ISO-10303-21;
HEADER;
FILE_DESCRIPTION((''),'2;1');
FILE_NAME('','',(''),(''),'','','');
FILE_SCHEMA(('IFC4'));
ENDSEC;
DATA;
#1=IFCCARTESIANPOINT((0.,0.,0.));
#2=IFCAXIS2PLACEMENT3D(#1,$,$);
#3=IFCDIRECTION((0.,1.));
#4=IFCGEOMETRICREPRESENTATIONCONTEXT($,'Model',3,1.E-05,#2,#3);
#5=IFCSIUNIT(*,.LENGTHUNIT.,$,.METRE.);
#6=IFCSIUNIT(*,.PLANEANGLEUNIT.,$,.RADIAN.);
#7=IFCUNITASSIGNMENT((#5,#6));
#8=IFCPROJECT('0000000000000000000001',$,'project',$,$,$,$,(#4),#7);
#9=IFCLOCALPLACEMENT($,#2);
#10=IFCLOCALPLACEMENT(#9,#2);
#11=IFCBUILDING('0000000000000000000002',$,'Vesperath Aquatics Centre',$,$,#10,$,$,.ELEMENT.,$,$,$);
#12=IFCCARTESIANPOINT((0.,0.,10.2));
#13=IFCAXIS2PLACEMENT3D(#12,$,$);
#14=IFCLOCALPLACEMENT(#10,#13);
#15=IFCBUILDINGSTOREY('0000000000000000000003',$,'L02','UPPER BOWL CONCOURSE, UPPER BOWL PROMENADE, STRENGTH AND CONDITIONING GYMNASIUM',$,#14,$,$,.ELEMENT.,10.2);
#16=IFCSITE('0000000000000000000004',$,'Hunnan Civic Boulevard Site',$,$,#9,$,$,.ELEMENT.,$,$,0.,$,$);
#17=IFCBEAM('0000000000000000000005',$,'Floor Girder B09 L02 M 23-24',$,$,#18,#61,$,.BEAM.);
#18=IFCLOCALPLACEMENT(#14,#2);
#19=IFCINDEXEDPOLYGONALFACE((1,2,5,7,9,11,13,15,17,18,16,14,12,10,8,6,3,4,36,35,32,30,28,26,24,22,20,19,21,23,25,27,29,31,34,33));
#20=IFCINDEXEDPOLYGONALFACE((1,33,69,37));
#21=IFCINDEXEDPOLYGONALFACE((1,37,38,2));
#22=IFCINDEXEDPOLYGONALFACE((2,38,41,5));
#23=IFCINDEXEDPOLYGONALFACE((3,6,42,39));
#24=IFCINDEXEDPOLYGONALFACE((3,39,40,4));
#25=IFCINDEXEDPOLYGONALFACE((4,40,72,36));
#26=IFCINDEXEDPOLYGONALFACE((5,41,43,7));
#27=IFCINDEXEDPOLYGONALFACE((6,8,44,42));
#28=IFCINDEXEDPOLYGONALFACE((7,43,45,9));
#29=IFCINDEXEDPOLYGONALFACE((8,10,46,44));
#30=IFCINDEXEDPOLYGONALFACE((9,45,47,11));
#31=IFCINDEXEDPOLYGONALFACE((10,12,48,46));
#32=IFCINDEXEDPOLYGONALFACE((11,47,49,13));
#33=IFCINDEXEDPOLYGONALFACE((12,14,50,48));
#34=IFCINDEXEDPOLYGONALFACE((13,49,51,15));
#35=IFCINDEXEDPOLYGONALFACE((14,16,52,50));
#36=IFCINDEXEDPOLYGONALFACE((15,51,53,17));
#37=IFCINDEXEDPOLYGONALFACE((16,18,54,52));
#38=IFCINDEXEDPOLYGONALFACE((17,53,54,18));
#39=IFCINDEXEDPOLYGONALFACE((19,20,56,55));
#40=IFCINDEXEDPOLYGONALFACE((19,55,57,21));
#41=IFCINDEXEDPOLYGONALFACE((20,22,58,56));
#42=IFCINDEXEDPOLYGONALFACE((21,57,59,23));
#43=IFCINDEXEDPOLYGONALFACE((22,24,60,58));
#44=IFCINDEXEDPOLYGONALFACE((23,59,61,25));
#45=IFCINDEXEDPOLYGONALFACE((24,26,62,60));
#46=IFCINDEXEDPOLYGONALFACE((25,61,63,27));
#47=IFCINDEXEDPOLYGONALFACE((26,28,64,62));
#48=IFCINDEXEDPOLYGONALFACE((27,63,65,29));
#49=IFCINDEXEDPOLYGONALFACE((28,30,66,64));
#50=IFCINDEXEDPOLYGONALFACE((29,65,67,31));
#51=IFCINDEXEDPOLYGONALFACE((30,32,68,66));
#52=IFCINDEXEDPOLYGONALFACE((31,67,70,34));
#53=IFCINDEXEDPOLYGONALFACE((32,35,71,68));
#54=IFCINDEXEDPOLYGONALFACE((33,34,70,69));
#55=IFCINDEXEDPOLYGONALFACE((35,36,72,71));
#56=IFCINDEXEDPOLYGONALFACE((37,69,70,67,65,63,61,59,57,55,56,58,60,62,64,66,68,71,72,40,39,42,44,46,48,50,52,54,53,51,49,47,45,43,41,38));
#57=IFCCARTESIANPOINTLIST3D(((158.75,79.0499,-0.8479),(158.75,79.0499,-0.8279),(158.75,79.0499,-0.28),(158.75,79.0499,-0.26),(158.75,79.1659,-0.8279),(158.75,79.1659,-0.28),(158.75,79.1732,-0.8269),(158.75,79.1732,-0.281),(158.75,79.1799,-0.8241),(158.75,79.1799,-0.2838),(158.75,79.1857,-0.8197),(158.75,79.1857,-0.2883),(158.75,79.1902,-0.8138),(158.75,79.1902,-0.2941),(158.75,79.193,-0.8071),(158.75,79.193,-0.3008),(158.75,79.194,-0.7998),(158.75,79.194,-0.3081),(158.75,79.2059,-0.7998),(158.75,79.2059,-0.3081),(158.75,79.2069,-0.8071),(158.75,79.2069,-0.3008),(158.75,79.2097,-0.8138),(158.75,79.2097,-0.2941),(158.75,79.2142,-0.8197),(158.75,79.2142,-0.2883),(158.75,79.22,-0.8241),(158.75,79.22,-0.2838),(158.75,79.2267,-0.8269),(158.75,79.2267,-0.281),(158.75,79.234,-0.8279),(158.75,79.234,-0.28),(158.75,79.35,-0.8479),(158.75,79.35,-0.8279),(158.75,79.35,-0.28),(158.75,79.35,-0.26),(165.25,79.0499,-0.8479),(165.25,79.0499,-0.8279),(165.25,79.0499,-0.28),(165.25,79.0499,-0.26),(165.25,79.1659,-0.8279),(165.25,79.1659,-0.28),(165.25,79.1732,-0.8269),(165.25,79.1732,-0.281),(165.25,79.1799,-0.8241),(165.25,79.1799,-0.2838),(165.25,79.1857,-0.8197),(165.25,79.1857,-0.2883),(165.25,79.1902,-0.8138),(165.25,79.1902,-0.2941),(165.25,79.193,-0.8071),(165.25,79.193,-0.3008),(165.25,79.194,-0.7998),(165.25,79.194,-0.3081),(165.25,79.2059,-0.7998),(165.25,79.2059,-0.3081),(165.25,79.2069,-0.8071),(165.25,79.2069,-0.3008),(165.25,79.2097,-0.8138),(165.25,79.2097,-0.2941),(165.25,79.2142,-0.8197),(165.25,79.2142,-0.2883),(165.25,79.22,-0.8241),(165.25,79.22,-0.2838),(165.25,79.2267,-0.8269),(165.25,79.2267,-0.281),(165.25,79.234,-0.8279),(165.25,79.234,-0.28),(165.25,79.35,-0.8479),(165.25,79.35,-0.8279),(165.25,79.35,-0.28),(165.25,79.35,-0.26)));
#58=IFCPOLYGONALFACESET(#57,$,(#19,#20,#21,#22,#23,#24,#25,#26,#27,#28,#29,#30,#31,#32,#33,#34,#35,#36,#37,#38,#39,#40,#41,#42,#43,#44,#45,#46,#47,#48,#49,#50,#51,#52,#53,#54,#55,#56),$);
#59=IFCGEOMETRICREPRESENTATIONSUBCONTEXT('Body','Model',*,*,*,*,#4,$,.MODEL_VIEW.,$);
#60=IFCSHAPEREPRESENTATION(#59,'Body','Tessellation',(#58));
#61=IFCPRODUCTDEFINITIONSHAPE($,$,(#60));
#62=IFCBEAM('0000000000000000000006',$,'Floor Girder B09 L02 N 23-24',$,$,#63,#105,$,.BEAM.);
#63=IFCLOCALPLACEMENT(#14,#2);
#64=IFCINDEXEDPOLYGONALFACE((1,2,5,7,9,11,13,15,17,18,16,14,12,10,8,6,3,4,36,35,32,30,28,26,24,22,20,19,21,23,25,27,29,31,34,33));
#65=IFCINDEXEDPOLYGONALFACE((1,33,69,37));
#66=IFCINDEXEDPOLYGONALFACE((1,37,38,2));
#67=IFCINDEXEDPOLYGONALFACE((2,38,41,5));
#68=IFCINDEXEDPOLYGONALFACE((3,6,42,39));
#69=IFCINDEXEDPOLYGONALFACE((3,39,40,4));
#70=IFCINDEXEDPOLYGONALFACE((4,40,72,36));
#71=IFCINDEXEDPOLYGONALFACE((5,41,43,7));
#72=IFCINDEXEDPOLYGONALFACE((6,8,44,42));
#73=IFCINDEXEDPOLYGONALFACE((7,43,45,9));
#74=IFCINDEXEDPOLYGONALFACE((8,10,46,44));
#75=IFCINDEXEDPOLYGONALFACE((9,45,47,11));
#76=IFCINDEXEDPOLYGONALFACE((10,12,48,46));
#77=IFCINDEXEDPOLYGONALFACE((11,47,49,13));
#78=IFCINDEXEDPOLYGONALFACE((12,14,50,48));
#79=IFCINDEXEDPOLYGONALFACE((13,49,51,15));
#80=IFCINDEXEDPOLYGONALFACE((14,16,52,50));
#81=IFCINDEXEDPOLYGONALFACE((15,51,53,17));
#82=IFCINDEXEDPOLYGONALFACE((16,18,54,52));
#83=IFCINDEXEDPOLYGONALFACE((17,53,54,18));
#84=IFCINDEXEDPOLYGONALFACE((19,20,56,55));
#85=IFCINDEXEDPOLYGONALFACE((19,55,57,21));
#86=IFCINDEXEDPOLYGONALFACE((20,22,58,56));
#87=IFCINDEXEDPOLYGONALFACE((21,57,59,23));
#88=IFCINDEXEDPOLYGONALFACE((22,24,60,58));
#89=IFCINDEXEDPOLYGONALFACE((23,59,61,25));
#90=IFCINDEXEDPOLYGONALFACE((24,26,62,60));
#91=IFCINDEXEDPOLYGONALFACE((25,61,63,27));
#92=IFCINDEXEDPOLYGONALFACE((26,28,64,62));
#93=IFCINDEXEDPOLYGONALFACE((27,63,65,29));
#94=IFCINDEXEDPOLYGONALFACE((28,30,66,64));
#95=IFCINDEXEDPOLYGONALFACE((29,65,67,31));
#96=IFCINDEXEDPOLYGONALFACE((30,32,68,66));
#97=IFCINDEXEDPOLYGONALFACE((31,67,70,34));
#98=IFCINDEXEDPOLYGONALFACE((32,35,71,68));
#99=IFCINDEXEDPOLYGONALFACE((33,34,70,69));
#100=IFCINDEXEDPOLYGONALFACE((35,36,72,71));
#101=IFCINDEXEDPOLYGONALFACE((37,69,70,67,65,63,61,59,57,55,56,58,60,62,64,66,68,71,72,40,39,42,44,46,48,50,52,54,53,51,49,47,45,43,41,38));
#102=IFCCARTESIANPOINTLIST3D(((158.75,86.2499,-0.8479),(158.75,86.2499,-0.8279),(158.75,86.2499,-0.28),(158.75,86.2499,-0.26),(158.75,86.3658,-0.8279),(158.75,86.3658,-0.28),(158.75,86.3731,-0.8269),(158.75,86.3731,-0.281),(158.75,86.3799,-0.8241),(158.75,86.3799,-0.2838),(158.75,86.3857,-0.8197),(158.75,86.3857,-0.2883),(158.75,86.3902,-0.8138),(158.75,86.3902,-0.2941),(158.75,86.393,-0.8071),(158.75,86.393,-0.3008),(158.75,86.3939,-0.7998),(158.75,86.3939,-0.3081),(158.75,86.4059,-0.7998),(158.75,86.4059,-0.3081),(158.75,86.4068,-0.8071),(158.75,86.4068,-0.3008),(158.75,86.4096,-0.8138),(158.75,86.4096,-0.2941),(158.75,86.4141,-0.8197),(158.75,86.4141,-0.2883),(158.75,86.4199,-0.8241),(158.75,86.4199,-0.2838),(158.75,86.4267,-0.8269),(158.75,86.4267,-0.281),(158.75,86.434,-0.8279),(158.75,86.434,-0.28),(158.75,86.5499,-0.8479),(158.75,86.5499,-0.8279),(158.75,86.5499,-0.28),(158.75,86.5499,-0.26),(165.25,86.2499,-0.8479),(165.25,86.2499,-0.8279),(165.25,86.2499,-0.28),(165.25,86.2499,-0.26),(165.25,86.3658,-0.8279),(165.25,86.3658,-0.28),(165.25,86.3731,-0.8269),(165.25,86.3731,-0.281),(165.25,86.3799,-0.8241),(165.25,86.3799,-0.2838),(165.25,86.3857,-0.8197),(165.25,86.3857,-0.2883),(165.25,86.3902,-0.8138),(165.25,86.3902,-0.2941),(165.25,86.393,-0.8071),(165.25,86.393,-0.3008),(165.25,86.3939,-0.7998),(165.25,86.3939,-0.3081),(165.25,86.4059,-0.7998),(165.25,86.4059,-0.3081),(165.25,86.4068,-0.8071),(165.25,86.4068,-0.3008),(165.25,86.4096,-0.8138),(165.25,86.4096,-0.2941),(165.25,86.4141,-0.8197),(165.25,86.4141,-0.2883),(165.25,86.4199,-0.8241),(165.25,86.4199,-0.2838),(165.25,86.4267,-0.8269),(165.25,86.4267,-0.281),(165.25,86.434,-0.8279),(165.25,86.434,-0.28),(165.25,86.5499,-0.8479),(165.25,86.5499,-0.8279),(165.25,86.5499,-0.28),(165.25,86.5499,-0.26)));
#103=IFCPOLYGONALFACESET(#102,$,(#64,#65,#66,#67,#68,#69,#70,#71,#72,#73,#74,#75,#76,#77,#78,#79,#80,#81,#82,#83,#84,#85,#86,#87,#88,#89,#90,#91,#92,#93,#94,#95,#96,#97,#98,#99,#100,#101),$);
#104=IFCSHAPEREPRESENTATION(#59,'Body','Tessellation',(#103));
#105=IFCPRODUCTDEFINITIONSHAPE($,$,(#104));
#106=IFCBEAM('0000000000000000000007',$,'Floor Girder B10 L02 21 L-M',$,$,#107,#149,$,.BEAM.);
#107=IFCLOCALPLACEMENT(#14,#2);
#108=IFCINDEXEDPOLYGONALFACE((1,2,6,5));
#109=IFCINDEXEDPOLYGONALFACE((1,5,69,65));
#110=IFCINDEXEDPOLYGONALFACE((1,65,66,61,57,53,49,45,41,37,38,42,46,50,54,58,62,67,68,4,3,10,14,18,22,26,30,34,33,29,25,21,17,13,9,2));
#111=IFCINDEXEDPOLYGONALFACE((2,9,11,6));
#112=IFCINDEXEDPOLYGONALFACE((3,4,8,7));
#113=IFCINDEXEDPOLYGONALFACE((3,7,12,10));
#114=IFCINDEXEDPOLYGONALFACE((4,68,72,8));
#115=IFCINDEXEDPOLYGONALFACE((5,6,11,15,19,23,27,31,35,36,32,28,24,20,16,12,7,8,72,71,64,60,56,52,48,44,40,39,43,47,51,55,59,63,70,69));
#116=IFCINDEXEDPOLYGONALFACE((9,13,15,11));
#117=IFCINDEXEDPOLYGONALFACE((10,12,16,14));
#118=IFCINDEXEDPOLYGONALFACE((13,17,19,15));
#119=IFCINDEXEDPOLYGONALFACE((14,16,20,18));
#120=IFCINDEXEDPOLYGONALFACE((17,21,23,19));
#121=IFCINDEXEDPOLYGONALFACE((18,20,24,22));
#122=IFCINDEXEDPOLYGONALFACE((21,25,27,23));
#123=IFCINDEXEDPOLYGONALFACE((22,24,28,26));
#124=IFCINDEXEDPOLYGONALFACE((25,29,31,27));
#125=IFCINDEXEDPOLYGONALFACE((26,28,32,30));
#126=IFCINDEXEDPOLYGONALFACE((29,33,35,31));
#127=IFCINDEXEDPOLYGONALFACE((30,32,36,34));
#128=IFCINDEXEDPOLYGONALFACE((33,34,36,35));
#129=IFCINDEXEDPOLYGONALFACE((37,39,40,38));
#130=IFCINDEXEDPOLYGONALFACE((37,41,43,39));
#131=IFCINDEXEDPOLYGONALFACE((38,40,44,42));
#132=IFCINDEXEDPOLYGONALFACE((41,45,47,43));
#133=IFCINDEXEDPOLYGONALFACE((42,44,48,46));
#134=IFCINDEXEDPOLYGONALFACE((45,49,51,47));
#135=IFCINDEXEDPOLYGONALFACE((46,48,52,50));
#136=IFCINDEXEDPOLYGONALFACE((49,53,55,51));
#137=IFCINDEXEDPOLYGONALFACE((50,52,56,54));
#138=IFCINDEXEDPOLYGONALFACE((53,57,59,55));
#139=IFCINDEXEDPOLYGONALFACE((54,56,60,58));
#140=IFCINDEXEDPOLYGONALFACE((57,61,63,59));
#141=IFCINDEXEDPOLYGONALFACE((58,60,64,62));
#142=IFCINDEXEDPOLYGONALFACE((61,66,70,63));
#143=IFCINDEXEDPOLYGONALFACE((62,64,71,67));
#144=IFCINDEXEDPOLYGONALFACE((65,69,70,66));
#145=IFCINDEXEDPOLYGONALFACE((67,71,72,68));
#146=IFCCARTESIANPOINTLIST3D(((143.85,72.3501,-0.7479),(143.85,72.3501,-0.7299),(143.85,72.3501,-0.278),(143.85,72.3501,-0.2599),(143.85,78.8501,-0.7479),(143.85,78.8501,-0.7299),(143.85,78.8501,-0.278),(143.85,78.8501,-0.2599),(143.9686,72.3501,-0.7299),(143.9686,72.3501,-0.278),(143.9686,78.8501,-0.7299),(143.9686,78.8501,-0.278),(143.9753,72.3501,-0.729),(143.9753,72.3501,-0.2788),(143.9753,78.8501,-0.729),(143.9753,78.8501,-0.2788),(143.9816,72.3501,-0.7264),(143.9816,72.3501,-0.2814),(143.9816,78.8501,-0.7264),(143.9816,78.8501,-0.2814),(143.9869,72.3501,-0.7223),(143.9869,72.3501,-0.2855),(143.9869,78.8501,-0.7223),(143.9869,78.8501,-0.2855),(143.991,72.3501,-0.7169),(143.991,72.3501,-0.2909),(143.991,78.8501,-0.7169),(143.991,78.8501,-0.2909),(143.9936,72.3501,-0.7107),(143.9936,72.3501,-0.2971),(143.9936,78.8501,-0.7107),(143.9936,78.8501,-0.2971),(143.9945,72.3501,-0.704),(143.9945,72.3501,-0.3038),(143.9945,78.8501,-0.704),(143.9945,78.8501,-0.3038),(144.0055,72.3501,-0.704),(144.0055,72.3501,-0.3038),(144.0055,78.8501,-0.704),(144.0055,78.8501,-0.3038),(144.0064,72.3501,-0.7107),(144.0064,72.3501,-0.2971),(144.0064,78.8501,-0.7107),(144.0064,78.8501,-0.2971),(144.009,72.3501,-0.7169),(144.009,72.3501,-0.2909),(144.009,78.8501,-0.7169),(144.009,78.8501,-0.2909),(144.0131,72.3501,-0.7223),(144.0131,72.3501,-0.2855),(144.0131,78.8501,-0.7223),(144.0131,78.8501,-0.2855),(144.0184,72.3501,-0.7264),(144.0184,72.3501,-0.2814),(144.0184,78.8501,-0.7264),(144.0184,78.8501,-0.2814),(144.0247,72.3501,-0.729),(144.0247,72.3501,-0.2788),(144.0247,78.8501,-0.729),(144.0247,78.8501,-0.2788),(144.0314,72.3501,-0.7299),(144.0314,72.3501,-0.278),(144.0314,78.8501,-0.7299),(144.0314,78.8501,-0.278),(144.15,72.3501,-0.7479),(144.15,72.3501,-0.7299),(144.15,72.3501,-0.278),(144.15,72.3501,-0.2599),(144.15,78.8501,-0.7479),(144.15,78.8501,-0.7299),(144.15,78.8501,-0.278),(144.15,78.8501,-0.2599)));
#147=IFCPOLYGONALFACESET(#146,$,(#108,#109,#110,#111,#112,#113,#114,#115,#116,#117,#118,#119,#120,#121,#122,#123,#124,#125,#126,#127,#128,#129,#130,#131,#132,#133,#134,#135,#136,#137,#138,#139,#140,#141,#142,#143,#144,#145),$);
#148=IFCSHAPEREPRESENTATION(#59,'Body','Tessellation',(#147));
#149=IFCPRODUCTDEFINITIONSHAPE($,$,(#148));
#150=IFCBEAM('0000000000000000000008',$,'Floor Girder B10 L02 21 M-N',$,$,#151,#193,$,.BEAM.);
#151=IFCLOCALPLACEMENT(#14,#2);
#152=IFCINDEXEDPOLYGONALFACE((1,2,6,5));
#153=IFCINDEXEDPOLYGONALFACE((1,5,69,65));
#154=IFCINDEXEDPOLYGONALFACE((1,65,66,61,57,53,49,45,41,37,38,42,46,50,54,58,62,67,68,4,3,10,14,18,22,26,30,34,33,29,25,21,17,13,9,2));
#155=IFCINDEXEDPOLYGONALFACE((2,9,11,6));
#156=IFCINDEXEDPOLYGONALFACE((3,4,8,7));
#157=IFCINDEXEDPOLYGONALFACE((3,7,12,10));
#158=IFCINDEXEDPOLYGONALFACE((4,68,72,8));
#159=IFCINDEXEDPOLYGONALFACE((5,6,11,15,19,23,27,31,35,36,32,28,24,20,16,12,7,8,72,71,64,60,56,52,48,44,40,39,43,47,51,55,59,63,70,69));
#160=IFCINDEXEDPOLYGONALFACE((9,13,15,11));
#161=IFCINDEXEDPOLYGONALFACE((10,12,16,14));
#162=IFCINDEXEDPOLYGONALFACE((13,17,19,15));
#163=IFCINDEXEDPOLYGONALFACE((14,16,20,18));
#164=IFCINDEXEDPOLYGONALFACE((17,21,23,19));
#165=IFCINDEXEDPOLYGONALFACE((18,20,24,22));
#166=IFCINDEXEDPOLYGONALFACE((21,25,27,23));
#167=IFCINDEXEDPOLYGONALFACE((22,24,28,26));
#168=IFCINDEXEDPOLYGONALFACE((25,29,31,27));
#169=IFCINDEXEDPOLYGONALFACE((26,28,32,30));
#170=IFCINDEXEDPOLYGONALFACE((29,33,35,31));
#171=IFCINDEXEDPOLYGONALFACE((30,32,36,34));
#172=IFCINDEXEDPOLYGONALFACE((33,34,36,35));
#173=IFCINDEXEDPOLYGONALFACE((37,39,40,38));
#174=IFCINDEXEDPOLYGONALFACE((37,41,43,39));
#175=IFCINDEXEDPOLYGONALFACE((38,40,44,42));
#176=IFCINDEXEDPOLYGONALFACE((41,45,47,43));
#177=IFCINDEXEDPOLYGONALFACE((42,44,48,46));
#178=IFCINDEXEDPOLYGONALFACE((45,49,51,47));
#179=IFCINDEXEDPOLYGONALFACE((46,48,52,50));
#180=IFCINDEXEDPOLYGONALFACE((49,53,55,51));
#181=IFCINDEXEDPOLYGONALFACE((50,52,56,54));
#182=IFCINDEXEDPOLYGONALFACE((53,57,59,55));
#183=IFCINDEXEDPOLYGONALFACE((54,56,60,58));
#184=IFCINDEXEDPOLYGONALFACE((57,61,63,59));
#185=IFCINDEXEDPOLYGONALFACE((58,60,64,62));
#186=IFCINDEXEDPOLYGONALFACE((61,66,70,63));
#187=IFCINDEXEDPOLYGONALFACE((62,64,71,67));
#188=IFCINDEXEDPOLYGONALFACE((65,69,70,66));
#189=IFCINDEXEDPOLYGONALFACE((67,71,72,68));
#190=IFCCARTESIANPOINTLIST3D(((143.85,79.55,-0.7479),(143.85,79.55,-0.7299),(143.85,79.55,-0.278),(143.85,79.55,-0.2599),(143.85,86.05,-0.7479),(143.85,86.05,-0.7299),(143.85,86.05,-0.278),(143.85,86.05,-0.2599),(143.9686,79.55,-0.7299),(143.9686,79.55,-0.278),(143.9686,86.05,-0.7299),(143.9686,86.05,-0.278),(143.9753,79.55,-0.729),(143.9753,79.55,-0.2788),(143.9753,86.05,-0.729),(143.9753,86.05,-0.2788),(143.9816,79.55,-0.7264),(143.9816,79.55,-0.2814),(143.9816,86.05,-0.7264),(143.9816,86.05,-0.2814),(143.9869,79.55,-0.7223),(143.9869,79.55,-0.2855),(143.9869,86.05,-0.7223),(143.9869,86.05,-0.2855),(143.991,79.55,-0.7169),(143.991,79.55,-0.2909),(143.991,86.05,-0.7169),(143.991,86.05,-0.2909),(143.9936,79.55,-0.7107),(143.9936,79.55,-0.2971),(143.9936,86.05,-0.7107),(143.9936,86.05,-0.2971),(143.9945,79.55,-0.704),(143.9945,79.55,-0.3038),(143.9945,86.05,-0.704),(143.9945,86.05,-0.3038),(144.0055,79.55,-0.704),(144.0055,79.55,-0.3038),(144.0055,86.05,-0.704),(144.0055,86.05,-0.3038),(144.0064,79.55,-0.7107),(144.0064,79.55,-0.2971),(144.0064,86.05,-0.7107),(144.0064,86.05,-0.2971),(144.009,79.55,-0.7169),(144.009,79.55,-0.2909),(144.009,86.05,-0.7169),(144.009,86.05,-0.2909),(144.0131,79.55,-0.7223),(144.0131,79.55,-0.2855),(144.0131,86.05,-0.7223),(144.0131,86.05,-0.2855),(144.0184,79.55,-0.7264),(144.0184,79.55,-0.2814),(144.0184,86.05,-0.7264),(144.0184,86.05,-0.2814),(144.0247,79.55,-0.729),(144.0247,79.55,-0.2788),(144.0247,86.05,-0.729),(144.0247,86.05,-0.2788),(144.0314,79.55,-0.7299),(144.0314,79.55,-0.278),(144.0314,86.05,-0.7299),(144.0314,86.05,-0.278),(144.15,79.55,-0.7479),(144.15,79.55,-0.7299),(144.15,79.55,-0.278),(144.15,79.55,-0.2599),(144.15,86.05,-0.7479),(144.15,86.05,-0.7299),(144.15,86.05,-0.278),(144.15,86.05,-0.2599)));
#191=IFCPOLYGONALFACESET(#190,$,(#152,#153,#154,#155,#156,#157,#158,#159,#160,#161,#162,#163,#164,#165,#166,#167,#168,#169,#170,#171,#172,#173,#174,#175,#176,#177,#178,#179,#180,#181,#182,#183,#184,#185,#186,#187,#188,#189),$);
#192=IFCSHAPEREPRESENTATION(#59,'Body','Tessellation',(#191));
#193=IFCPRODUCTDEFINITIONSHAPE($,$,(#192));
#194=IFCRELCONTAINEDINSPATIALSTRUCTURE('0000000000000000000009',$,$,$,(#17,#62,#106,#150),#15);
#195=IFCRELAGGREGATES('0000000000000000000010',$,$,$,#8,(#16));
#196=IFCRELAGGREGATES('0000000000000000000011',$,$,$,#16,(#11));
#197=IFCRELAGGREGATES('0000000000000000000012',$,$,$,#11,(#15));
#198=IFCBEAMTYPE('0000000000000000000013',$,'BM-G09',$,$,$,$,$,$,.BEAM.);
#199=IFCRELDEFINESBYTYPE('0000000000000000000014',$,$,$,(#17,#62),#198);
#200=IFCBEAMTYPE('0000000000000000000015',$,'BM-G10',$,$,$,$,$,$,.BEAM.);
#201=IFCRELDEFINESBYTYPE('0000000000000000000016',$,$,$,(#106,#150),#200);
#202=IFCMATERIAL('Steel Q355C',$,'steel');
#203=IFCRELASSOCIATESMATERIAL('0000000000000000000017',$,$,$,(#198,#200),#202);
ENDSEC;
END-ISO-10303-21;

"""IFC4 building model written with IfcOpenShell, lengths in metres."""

from ifc_helpers import new_model, si_unit, direction, frame, origin, origin_2d, place, context, subcontext, project, spatial, i_section, extrude, material, material_profile, profile_set, type_object, element, save


model = new_model("IFC4")

# Units and contexts
model_context = context("Model", 3, precision=1e-05, world=origin(), true_north=direction((0.0, 1.0)))
body_context = subcontext(model_context, "Body", "Model", "MODEL_VIEW")
ifc_project = project(units=[si_unit("LENGTHUNIT", "METRE"), si_unit("PLANEANGLEUNIT", "RADIAN")], contexts=[model_context])

# Site, building, storey
site_placement = place(None, origin())
site = spatial("IfcSite", under=ifc_project, at=site_placement, Name="Hunnan Civic Boulevard Site", CompositionType="ELEMENT", RefElevation=0.0)
building_placement = place(site_placement, origin())
building = spatial("IfcBuilding", under=site, at=building_placement, Name="Vesperath Aquatics Centre", CompositionType="ELEMENT")
storey_placement = place(building_placement, frame((0.0, 0.0, 10.2)))
storey = spatial("IfcBuildingStorey", under=building, at=storey_placement, Name="L02", Description="UPPER BOWL CONCOURSE, UPPER BOWL PROMENADE, STRENGTH AND CONDITIONING GYMNASIUM", CompositionType="ELEMENT", Elevation=10.2)

# Beams
ifc_material_1 = material(Name="Steel Q355C", Category="steel")
ifc_material_profile_1 = material_profile(ifc_material_1, i_section(OverallWidth=0.3, OverallDepth=0.5879, WebThickness=0.012, FlangeThickness=0.02, FilletRadius=0.0281, at=origin_2d()), Name="HM 588x300x12x20")
ifc_profile_set_1 = profile_set([ifc_material_profile_1], Name="Steel Q355C")
beam_type_1 = type_object("IfcBeamType", Name="BM-G09", PredefinedType="BEAM", material=ifc_profile_set_1)
for number, where, z_axis, x_axis, name in (
    (1, (158.75, 79.2, -0.554), (1.0, 0.0, 0.0), (0.0, 1.0, 0.0), "Floor Girder B09 L02 M 23-24"),
    (2, (158.75, 86.3999, -0.554), (1.0, 0.0, 0.0), (0.0, 1.0, 0.0), "Floor Girder B09 L02 N 23-24"),
):
    element("IfcBeam", number, at=place(storey_placement, frame(where, z_axis=z_axis, x_axis=x_axis)), inside=storey, type_object=beam_type_1, Name=name, PredefinedType="BEAM", context=body_context, shape_type="SweptSolid", body=[
        extrude(i_section(OverallWidth=0.3, OverallDepth=0.5879, WebThickness=0.012, FlangeThickness=0.02, FilletRadius=0.0281, at=origin_2d()), origin(), (0.0, 0.0, 1.0), 6.5),
    ])
ifc_material_profile_2 = material_profile(ifc_material_1, i_section(OverallWidth=0.3, OverallDepth=0.488, WebThickness=0.011, FlangeThickness=0.0181, FilletRadius=0.0259, at=origin_2d()), Name="HM 488x300x11x18")
ifc_profile_set_2 = profile_set([ifc_material_profile_2], Name="Steel Q355C")
beam_type_2 = type_object("IfcBeamType", Name="BM-G10", PredefinedType="BEAM", material=ifc_profile_set_2)
for number, where, z_axis, x_axis, name in (
    (3, (144.0, 72.3501, -0.5039), (0.0, 1.0, 0.0), (-1.0, 0.0, 0.0), "Floor Girder B10 L02 21 L-M"),
    (4, (144.0, 79.55, -0.5039), (0.0, 1.0, 0.0), (-1.0, 0.0, 0.0), "Floor Girder B10 L02 21 M-N"),
):
    element("IfcBeam", number, at=place(storey_placement, frame(where, z_axis=z_axis, x_axis=x_axis)), inside=storey, type_object=beam_type_2, Name=name, PredefinedType="BEAM", context=body_context, shape_type="SweptSolid", body=[
        extrude(i_section(OverallWidth=0.3, OverallDepth=0.488, WebThickness=0.011, FlangeThickness=0.0181, FilletRadius=0.0259, at=origin_2d()), origin(), (0.0, 0.0, 1.0), 6.5),
    ])

save(model, "model.ifc")
